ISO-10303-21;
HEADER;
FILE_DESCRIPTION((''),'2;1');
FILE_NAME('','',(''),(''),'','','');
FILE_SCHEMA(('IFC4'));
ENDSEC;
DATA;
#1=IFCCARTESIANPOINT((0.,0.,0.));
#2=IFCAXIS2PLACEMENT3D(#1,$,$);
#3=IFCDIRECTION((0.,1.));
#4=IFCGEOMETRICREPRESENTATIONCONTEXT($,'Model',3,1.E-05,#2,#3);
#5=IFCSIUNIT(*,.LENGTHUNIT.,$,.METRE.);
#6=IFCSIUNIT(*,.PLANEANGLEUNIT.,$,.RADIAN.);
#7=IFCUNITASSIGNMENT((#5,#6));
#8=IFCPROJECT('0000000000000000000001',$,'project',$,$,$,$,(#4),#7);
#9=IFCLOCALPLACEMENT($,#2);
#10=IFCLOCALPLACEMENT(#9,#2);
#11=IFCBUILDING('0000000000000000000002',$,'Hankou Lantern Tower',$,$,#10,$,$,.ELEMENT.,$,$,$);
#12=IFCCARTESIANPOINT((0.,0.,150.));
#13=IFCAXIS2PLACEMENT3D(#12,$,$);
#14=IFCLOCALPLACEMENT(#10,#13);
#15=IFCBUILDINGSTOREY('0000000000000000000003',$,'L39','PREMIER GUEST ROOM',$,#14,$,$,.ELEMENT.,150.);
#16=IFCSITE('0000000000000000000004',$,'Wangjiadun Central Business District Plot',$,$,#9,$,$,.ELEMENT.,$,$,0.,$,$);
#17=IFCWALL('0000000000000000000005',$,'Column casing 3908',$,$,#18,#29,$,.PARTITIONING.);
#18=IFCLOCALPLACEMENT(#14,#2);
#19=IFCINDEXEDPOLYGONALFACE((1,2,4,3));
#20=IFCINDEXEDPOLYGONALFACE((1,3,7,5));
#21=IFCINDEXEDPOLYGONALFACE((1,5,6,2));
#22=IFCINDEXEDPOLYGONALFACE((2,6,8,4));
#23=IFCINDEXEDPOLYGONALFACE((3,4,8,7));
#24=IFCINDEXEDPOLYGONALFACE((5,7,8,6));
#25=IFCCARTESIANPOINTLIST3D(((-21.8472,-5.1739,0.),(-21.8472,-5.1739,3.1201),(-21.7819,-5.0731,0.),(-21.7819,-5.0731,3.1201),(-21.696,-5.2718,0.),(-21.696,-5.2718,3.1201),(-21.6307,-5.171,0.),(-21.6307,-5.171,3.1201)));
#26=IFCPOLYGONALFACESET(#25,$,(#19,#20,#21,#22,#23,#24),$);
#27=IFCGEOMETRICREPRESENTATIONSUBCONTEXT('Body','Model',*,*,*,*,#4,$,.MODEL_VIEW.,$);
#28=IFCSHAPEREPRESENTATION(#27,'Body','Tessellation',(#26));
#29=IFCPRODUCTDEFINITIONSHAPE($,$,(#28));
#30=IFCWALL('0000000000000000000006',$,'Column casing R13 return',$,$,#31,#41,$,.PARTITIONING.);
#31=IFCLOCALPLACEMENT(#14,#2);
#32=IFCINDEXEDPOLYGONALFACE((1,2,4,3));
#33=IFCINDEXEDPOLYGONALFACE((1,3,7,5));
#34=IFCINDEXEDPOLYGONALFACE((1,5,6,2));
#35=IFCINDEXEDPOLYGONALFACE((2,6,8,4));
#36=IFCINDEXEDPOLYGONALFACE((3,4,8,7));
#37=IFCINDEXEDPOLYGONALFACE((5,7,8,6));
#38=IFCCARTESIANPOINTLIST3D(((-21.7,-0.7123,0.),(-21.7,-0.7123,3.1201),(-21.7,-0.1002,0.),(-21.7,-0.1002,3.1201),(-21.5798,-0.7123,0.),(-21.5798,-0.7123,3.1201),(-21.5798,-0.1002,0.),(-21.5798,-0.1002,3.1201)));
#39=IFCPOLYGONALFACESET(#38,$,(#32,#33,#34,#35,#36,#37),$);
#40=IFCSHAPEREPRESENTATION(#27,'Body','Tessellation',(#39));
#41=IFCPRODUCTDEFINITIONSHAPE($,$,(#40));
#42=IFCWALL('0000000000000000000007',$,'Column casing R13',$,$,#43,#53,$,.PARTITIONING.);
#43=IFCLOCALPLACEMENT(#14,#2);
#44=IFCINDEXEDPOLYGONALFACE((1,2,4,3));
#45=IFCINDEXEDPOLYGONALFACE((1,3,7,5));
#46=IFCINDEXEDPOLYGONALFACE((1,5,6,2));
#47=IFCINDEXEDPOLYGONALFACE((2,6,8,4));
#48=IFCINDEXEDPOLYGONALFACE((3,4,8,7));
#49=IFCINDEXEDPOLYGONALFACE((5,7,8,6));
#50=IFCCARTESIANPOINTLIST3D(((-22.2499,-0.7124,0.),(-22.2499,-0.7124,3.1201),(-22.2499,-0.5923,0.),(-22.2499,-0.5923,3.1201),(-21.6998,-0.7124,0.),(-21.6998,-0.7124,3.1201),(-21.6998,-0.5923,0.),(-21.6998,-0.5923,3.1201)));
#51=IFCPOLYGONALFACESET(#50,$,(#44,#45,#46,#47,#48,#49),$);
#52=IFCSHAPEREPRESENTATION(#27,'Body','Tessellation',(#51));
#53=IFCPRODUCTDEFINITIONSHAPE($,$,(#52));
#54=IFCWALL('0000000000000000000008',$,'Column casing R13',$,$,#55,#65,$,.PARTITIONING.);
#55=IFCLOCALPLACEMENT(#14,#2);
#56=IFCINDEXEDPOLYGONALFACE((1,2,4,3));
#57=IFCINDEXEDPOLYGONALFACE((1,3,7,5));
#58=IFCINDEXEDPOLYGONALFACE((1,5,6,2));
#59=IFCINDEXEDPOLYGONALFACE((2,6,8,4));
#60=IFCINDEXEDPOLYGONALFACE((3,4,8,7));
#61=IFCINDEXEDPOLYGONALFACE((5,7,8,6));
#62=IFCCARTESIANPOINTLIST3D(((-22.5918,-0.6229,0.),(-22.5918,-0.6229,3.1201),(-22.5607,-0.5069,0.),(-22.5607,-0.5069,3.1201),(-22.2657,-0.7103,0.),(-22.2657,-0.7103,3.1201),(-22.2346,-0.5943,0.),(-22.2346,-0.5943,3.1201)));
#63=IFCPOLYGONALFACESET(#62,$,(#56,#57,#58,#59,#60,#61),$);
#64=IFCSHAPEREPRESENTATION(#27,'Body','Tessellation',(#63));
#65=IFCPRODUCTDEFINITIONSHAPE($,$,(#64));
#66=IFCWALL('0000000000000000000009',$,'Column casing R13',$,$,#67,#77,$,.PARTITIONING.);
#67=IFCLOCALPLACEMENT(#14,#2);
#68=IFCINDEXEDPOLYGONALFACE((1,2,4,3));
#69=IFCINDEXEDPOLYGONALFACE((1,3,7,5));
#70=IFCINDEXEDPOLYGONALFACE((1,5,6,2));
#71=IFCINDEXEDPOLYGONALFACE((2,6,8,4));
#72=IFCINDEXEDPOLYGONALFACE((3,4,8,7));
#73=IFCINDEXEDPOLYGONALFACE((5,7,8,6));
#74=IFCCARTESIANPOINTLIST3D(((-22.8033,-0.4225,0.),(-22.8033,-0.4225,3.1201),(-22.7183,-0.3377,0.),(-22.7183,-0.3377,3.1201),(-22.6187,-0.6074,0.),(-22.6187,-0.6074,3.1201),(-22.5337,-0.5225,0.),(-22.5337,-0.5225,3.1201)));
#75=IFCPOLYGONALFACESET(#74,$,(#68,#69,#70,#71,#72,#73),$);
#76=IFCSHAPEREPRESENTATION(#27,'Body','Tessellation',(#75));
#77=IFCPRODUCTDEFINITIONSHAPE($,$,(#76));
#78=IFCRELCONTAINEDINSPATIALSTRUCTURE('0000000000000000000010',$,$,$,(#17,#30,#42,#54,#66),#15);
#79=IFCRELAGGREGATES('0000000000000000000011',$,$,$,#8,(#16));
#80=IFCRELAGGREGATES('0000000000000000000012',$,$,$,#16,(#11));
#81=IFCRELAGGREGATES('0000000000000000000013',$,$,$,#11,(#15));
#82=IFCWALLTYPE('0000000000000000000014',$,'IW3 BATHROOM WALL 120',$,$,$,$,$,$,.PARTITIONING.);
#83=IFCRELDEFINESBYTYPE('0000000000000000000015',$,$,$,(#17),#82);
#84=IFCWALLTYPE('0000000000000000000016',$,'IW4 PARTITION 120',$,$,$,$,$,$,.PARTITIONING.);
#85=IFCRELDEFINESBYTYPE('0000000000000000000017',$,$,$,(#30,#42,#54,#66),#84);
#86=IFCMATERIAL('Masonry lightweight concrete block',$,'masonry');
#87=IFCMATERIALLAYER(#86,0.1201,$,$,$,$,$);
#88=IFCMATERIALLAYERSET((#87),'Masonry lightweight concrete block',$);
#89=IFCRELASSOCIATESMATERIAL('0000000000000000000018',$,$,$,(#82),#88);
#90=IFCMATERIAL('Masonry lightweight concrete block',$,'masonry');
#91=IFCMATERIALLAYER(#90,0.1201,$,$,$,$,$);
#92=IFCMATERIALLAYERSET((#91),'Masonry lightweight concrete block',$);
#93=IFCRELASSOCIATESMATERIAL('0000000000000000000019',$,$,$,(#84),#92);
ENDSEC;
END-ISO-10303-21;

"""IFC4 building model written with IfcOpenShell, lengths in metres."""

from ifc_helpers import new_model, si_unit, direction, frame, frame_2d, origin, place, context, subcontext, project, spatial, rectangle, extrude, material, layer, layer_set, type_object, element, save


model = new_model("IFC4")

# Units and contexts
model_context = context("Model", 3, precision=1e-05, world=origin(), true_north=direction((0.0, 1.0)))
body_context = subcontext(model_context, "Body", "Model", "MODEL_VIEW")
ifc_project = project(units=[si_unit("LENGTHUNIT", "METRE"), si_unit("PLANEANGLEUNIT", "RADIAN")], contexts=[model_context])

# Site, building, storey
site_placement = place(None, origin())
site = spatial("IfcSite", under=ifc_project, at=site_placement, Name="Wangjiadun Central Business District Plot", CompositionType="ELEMENT", RefElevation=0.0)
building_placement = place(site_placement, origin())
building = spatial("IfcBuilding", under=site, at=building_placement, Name="Hankou Lantern Tower", CompositionType="ELEMENT")
storey_placement = place(building_placement, frame((0.0, 0.0, 150.0)))
storey = spatial("IfcBuildingStorey", under=building, at=storey_placement, Name="L39", Description="PREMIER GUEST ROOM", CompositionType="ELEMENT", Elevation=150.0)

# Walls
ifc_material_1 = material(Name="Masonry lightweight concrete block", Category="masonry")
ifc_layer_1 = layer(ifc_material_1, 0.1201)
ifc_layer_set_1 = layer_set([ifc_layer_1], Name="Masonry lightweight concrete block")
wall_type_1 = type_object("IfcWallType", Name="IW3 BATHROOM WALL 120", PredefinedType="PARTITIONING", material=ifc_layer_set_1)
wall_1_placement = place(storey_placement, frame((-21.6633, -5.2214, 0.0), z_axis=(0.0, 0.0, 1.0), x_axis=(-0.839279, 0.543701, 0.0)))
element("IfcWall", 1, at=wall_1_placement, inside=storey, type_object=wall_type_1, Name="Column casing 3908", PredefinedType="PARTITIONING", context=body_context, shape_type="SweptSolid", body=[
    extrude(rectangle(XDim=0.1802, YDim=0.1201, at=frame_2d((0.0901, 0.0))), origin(), (0.0, 0.0, 1.0), 3.1201),
])
ifc_material_2 = material(Name="Masonry lightweight concrete block", Category="masonry")
ifc_layer_2 = layer(ifc_material_2, 0.1201)
ifc_layer_set_2 = layer_set([ifc_layer_2], Name="Masonry lightweight concrete block")
wall_type_2 = type_object("IfcWallType", Name="IW4 PARTITION 120", PredefinedType="PARTITIONING", material=ifc_layer_set_2)
wall_2_placement = place(storey_placement, frame((-21.6399, -0.1001, 0.0), z_axis=(0.0, 0.0, 1.0), x_axis=(0.0, -1.0, 0.0)))
element("IfcWall", 2, at=wall_2_placement, inside=storey, type_object=wall_type_2, Name="Column casing R13 return", PredefinedType="PARTITIONING", context=body_context, shape_type="SweptSolid", body=[
    extrude(rectangle(XDim=0.6121, YDim=0.1201, at=frame_2d((0.3062, 0.0))), origin(), (0.0, 0.0, 1.0), 3.1201),
])
wall_3_placement = place(storey_placement, frame((-21.7, -0.6523, 0.0), z_axis=(0.0, 0.0, 1.0), x_axis=(-1.0, 0.0, 0.0)))
element("IfcWall", 3, at=wall_3_placement, inside=storey, type_object=wall_type_2, Name="Column casing R13", PredefinedType="PARTITIONING", context=body_context, shape_type="SweptSolid", body=[
    extrude(rectangle(XDim=0.55, YDim=0.1201, at=frame_2d((0.2749, 0.0))), origin(), (0.0, 0.0, 1.0), 3.1201),
])
wall_4_placement = place(storey_placement, frame((-22.25, -0.6523, 0.0), z_axis=(0.0, 0.0, 1.0), x_axis=(-0.965922, 0.258832, 0.0)))
element("IfcWall", 4, at=wall_4_placement, inside=storey, type_object=wall_type_2, Name="Column casing R13", PredefinedType="PARTITIONING", context=body_context, shape_type="SweptSolid", body=[
    extrude(rectangle(XDim=0.3376, YDim=0.1201, at=frame_2d((0.1689, 0.0))), origin(), (0.0, 0.0, 1.0), 3.1201),
])
wall_5_placement = place(storey_placement, frame((-22.5762, -0.5649, 0.0), z_axis=(0.0, 0.0, 1.0), x_axis=(-0.706639, 0.707574, 0.0)))
element("IfcWall", 5, at=wall_5_placement, inside=storey, type_object=wall_type_2, Name="Column casing R13", PredefinedType="PARTITIONING", context=body_context, shape_type="SweptSolid", body=[
    extrude(rectangle(XDim=0.2612, YDim=0.1201, at=frame_2d((0.1306, 0.0))), origin(), (0.0, 0.0, 1.0), 3.1201),
])

save(model, "model.ifc")
